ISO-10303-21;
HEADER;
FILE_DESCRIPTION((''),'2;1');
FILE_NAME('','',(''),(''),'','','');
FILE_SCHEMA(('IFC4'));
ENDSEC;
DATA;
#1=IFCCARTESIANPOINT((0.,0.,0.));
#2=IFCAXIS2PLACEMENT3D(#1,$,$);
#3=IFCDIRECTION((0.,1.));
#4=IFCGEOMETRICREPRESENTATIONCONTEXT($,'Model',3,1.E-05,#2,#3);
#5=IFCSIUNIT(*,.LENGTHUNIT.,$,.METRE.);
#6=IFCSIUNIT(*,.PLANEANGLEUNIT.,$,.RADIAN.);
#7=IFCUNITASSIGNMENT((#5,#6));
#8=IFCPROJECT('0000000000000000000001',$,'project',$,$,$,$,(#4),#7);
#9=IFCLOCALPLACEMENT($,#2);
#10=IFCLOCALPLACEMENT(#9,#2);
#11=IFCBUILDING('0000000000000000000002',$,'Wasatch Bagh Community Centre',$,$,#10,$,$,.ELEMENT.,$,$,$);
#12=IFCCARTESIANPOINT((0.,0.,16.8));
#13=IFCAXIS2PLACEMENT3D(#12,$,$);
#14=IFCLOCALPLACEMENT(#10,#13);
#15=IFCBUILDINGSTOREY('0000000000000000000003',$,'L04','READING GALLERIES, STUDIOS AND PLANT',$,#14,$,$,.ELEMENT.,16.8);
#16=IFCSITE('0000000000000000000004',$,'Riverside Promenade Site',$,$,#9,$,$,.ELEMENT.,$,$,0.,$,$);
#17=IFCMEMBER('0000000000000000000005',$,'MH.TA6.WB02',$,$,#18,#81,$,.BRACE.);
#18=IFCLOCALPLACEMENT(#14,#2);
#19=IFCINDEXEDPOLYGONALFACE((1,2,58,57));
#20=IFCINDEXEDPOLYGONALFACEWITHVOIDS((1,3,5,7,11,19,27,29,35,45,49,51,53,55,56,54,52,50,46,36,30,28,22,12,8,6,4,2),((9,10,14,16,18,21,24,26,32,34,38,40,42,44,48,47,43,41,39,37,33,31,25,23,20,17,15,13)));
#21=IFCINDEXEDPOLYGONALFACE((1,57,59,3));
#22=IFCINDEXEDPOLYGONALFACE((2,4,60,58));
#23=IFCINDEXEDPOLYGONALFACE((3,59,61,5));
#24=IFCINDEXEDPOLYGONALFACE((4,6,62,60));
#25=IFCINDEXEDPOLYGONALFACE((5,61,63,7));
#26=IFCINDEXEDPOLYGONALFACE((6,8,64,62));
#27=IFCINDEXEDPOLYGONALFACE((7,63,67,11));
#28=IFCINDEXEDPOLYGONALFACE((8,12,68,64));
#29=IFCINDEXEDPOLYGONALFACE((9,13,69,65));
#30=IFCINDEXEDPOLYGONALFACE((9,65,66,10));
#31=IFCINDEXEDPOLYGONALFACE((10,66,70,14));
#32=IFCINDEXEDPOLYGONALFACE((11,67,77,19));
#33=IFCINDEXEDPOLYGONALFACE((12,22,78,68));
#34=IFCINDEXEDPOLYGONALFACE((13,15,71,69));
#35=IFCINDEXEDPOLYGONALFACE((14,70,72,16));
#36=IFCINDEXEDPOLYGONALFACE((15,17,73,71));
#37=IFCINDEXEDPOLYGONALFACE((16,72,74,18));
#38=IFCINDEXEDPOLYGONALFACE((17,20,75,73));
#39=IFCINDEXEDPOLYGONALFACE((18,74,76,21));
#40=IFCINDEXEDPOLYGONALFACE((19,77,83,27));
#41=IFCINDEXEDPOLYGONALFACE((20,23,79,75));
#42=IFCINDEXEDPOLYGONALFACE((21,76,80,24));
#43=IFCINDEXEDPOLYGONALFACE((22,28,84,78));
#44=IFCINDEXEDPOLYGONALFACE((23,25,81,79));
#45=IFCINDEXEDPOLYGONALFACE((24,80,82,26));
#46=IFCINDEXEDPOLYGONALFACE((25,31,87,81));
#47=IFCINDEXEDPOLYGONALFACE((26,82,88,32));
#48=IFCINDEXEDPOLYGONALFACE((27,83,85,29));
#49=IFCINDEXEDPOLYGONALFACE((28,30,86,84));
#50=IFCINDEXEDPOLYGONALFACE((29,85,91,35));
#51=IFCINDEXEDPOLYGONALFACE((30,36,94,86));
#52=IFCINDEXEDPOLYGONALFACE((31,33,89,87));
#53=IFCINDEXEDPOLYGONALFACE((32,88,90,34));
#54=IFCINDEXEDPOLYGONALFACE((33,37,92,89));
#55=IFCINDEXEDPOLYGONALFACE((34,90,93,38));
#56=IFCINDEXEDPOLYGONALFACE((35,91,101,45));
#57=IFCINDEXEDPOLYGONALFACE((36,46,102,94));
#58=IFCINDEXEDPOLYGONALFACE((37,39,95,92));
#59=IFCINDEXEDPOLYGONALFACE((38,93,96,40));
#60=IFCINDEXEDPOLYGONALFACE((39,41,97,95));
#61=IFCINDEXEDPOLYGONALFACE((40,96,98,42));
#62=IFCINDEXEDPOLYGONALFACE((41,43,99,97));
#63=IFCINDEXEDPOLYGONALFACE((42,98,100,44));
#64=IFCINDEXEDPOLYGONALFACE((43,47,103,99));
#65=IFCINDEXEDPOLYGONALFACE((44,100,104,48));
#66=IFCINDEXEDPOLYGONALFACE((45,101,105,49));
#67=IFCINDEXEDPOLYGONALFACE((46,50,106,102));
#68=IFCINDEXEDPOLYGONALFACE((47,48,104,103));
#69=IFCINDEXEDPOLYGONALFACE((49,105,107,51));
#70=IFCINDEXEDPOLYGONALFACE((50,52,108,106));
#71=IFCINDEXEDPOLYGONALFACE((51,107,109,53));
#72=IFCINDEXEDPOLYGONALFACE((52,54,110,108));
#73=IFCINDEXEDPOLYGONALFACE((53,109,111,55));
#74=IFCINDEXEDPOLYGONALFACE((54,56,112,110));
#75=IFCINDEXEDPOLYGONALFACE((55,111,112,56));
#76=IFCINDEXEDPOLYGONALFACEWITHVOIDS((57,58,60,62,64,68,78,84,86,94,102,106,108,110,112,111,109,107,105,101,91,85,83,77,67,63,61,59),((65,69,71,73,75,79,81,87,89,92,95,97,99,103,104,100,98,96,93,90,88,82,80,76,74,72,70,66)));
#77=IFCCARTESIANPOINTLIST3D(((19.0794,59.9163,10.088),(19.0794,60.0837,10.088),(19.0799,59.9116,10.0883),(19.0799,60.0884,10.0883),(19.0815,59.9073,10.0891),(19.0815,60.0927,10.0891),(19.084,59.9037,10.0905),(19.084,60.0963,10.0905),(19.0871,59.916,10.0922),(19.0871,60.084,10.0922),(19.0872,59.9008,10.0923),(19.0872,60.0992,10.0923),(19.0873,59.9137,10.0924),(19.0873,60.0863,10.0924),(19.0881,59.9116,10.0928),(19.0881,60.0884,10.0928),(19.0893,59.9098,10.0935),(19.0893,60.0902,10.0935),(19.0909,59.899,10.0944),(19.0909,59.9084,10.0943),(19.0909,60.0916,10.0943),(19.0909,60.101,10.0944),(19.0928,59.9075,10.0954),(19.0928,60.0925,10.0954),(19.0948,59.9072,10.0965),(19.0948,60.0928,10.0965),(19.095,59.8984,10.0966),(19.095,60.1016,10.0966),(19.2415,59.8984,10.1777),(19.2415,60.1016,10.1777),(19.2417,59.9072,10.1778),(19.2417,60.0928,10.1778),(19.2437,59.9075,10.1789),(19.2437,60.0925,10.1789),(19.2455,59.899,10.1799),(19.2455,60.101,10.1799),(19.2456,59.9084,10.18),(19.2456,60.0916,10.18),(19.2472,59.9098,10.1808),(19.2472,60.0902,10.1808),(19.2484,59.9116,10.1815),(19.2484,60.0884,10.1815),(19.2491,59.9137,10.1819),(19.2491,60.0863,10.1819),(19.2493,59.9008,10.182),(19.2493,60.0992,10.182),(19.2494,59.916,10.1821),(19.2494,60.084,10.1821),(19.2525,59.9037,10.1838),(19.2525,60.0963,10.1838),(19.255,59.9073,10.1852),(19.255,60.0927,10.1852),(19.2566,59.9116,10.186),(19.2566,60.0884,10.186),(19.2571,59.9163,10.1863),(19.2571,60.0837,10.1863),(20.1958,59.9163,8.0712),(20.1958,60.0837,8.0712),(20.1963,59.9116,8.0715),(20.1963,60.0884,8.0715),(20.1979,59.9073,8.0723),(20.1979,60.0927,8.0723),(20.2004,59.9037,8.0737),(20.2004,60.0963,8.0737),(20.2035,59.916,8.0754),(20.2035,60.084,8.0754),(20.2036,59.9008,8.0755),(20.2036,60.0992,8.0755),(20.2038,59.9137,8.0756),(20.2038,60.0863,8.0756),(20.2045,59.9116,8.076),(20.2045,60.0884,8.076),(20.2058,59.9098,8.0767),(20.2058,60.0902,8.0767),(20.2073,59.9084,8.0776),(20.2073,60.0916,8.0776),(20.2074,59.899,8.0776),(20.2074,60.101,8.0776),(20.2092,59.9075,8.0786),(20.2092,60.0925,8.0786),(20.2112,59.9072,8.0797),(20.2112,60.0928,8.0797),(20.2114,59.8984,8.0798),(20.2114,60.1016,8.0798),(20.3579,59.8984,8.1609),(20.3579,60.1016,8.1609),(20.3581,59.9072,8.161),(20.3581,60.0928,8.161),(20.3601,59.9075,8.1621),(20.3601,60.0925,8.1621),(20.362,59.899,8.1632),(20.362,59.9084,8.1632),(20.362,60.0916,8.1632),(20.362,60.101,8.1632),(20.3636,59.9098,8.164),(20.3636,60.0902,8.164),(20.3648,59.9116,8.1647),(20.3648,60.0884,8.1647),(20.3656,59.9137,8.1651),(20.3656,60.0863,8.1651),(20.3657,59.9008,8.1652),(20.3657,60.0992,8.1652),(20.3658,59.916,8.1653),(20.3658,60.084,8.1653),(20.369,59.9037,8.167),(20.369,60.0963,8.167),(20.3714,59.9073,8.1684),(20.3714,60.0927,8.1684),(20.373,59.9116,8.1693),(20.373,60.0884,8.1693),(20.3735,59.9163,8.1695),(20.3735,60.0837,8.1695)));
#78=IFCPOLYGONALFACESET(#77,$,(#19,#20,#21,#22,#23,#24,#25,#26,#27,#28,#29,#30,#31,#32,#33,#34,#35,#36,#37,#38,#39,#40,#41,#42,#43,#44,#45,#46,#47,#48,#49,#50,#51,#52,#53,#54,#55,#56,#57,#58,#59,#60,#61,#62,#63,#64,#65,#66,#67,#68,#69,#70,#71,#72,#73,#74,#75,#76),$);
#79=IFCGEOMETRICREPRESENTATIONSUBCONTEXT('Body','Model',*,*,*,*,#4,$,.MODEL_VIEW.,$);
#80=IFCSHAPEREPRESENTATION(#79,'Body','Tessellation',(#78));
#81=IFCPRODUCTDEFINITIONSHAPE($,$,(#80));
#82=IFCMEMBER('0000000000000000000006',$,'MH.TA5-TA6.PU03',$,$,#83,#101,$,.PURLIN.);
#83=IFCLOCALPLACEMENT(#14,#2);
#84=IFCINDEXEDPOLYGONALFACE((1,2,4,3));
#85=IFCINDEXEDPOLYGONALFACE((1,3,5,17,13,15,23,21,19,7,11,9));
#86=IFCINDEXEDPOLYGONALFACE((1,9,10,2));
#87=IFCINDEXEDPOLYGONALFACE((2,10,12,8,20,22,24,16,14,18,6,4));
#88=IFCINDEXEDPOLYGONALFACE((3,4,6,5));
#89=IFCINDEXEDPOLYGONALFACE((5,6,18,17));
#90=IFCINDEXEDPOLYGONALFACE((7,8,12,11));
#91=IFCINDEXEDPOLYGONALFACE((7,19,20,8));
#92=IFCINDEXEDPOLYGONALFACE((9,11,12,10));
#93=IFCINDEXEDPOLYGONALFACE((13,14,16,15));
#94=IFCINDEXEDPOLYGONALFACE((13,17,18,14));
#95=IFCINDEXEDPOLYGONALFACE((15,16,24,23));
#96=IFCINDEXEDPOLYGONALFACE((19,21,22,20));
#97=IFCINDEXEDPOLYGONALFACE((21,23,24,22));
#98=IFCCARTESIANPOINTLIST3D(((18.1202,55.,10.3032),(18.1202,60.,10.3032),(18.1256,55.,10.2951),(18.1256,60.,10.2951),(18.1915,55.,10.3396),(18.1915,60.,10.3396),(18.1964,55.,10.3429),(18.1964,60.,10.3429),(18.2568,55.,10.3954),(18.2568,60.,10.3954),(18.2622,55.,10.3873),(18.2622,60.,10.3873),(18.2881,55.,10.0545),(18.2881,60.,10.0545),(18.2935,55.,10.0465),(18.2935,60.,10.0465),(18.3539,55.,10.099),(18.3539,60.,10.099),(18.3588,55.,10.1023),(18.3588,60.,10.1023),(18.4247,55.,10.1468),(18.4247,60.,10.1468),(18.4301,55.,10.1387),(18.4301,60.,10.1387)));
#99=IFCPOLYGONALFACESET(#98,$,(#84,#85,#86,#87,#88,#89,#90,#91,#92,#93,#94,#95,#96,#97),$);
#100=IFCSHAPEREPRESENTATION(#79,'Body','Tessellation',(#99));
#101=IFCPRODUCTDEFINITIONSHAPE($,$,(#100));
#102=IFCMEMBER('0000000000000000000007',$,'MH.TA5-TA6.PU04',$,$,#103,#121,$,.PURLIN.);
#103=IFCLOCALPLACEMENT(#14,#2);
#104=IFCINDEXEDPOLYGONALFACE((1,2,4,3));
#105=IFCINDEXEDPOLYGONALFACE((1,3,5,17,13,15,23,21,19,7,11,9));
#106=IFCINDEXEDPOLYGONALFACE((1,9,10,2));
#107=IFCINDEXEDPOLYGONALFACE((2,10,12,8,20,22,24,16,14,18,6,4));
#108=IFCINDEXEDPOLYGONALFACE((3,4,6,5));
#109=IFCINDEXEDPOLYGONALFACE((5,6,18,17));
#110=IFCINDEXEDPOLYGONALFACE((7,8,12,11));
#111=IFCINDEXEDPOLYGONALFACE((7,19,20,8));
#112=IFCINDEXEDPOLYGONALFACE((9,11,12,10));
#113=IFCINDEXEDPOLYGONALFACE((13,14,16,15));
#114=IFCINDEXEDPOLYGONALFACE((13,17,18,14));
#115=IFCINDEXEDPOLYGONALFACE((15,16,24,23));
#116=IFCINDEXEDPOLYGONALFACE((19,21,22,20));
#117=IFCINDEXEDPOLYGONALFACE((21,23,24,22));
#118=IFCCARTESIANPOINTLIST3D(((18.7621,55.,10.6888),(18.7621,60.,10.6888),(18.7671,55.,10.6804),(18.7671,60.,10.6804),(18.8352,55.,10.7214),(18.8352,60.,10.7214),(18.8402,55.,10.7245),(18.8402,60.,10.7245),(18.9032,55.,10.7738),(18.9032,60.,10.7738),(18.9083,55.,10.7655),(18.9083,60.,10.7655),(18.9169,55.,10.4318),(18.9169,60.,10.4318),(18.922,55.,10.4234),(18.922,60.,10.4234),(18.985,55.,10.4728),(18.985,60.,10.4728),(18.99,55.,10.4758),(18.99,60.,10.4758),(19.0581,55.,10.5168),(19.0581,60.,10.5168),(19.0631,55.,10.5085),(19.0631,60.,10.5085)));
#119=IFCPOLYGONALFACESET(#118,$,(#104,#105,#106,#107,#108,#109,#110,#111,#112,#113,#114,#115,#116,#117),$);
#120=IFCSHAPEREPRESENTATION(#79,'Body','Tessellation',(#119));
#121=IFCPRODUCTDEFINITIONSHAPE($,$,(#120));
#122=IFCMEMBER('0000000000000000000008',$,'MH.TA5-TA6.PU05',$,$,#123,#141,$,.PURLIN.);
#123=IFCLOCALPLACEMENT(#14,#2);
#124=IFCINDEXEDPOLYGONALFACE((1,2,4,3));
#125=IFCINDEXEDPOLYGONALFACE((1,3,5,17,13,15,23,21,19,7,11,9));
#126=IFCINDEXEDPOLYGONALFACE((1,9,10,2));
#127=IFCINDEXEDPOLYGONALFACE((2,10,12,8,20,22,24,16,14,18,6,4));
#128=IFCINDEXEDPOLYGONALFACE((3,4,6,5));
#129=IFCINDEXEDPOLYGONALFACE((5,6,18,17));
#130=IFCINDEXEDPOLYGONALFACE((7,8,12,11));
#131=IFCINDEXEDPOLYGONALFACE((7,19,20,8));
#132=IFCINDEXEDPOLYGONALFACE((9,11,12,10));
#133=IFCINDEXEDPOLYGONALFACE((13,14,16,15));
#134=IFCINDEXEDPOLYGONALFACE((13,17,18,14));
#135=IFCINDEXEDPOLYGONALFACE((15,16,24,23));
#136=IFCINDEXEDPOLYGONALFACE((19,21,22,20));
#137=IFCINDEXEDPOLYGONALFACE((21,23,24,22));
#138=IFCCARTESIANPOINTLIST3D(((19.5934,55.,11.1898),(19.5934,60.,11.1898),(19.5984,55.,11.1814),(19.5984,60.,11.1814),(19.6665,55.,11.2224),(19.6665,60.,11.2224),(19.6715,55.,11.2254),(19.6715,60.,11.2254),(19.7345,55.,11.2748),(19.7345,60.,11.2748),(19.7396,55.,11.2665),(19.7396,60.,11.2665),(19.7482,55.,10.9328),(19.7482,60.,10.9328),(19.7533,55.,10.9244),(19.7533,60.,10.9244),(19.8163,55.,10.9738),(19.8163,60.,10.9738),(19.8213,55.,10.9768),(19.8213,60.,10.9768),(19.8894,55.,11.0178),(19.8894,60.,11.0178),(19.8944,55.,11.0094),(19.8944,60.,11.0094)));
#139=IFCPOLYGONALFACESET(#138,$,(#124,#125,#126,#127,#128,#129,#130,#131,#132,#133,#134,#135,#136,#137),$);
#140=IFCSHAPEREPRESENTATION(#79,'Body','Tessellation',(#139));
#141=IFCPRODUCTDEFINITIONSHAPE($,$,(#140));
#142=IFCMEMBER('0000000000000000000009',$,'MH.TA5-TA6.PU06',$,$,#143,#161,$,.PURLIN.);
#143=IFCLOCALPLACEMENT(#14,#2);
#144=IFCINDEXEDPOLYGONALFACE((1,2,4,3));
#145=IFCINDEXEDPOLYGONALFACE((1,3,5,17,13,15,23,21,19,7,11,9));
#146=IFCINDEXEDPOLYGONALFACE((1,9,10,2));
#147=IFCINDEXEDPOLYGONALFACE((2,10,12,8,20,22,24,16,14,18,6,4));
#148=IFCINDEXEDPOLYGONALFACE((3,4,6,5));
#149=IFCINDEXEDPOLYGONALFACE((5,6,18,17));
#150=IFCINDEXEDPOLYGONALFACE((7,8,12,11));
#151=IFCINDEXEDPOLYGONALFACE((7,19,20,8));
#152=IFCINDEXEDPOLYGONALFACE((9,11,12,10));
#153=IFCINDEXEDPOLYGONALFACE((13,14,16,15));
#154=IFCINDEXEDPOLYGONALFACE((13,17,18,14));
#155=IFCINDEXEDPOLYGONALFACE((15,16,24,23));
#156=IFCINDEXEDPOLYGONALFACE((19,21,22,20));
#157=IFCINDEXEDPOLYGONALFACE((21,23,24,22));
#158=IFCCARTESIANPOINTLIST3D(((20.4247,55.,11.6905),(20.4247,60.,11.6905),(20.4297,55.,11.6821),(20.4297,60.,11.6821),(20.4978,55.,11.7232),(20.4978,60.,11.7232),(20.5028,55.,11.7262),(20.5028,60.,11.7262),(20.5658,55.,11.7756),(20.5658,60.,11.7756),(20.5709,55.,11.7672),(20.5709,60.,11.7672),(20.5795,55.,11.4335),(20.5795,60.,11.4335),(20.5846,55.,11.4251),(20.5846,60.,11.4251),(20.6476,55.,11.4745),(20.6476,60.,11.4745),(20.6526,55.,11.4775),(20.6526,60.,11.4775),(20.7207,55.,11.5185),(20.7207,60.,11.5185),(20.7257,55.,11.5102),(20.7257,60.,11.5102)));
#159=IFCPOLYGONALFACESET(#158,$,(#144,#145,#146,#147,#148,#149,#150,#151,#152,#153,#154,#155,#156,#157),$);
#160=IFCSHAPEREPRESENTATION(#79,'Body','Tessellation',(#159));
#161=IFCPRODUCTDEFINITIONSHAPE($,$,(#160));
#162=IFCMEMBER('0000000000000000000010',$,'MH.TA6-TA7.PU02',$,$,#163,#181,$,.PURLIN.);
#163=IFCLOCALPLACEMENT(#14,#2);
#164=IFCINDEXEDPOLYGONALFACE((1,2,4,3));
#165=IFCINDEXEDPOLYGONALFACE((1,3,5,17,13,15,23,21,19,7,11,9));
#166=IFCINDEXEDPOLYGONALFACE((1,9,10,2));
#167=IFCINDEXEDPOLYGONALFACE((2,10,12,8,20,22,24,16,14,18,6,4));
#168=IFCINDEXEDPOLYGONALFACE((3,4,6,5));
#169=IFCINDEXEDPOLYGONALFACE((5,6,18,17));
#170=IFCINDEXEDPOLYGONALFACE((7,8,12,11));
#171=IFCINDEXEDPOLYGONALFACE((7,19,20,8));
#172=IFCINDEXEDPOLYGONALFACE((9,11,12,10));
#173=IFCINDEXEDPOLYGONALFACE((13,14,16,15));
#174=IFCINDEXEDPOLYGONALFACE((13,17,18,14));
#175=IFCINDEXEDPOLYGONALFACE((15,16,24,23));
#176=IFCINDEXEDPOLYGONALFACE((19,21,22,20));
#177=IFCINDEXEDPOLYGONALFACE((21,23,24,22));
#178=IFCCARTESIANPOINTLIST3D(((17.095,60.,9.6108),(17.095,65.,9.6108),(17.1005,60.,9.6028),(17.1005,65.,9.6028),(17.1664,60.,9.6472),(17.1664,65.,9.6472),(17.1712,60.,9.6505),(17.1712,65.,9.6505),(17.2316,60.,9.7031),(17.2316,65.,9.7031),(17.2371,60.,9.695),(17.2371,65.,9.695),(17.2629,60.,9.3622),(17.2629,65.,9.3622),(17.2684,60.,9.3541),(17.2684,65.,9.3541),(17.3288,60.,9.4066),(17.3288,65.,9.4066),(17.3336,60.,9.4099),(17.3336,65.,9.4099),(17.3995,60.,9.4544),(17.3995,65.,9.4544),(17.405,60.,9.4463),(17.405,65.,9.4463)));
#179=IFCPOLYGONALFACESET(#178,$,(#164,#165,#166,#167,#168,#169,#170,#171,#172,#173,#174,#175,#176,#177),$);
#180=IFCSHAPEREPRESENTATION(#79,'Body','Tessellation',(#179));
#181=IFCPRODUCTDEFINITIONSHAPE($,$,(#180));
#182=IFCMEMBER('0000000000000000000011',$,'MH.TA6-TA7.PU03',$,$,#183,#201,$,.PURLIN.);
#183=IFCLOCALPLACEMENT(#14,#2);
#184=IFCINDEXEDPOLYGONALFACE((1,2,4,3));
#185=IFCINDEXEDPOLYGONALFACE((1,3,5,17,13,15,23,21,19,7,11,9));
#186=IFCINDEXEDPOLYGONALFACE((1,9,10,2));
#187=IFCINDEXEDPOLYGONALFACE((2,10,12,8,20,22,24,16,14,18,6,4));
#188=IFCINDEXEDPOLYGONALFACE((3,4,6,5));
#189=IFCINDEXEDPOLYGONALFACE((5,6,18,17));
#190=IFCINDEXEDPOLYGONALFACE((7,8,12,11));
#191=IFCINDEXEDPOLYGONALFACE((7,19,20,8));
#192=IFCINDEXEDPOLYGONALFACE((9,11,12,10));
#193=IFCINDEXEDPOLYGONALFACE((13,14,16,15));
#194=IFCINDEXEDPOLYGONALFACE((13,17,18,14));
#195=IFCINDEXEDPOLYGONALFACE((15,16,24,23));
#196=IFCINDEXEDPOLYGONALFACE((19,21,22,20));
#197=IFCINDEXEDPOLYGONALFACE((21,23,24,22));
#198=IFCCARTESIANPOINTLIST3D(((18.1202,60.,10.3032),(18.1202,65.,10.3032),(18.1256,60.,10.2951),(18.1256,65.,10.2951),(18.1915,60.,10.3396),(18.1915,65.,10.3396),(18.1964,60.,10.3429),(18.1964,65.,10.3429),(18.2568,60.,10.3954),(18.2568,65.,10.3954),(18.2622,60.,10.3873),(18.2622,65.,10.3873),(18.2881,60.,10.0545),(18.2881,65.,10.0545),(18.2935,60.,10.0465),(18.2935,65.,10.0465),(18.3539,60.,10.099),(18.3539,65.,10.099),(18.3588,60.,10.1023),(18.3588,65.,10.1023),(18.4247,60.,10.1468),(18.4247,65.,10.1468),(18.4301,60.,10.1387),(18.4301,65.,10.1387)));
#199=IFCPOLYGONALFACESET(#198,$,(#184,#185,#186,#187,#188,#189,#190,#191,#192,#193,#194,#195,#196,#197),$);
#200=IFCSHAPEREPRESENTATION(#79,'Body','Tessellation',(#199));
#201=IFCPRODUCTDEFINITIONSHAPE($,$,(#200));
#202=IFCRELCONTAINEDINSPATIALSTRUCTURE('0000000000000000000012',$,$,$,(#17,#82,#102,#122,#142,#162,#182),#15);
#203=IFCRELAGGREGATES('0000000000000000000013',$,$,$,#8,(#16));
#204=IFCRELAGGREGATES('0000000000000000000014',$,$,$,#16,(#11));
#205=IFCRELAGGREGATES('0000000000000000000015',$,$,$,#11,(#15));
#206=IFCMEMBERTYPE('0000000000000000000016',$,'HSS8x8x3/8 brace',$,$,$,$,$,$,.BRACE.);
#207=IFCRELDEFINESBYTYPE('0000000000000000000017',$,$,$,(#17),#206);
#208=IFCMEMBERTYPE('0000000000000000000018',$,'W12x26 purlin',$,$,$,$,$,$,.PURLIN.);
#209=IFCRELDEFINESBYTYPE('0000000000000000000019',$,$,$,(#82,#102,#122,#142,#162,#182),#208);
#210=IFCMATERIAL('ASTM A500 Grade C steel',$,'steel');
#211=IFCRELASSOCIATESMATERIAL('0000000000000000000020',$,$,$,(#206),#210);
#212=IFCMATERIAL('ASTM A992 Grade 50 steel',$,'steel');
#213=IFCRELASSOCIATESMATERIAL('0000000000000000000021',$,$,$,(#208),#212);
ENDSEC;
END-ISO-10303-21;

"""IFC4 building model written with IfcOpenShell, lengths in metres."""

from ifc_helpers import new_model, si_unit, direction, frame, origin, origin_2d, place, context, subcontext, project, spatial, hollow_rectangle, i_section, extrude, material, material_profile, profile_set, type_object, element, save


model = new_model("IFC4")

# Units and contexts
model_context = context("Model", 3, precision=1e-05, world=origin(), true_north=direction((0.0, 1.0)))
body_context = subcontext(model_context, "Body", "Model", "MODEL_VIEW")
ifc_project = project(units=[si_unit("LENGTHUNIT", "METRE"), si_unit("PLANEANGLEUNIT", "RADIAN")], contexts=[model_context])

# Site, building, storey
site_placement = place(None, origin())
site = spatial("IfcSite", under=ifc_project, at=site_placement, Name="Riverside Promenade Site", CompositionType="ELEMENT", RefElevation=0.0)
building_placement = place(site_placement, origin())
building = spatial("IfcBuilding", under=site, at=building_placement, Name="Wasatch Bagh Community Centre", CompositionType="ELEMENT")
storey_placement = place(building_placement, frame((0.0, 0.0, 16.8)))
storey = spatial("IfcBuildingStorey", under=building, at=storey_placement, Name="L04", Description="READING GALLERIES, STUDIOS AND PLANT", CompositionType="ELEMENT", Elevation=16.8)

# Members
ifc_material_1 = material(Name="ASTM A500 Grade C steel", Category="steel")
ifc_material_profile_1 = material_profile(ifc_material_1, hollow_rectangle(XDim=0.2031, YDim=0.2031, WallThickness=0.0088, InnerFilletRadius=0.0088, OuterFilletRadius=0.0178, at=origin_2d()), Name="HSS8x8x3/8")
ifc_profile_set_1 = profile_set([ifc_material_profile_1], Name="ASTM A500 Grade C steel")
member_type_1 = type_object("IfcMemberType", Name="HSS8x8x3/8 brace", PredefinedType="BRACE", material=ifc_profile_set_1)
member_1_placement = place(storey_placement, frame((20.2847, 60.0, 8.1204), z_axis=(-0.484312, 0.0, 0.874896), x_axis=(0.0, -1.0, 0.0)))
element("IfcMember", 1, at=member_1_placement, inside=storey, type_object=member_type_1, Name="MH.TA6.WB02", PredefinedType="BRACE", context=body_context, shape_type="SweptSolid", body=[
    extrude(hollow_rectangle(XDim=0.2031, YDim=0.2031, WallThickness=0.0088, InnerFilletRadius=0.0088, OuterFilletRadius=0.0178, at=origin_2d()), origin(), (0.0, 0.0, 1.0), 2.3052),
])
ifc_material_2 = material(Name="ASTM A992 Grade 50 steel", Category="steel")
ifc_material_profile_2 = material_profile(ifc_material_2, i_section(OverallWidth=0.1648, OverallDepth=0.3098, WebThickness=0.0059, FlangeThickness=0.0098, at=origin_2d()), Name="W12x26")
ifc_profile_set_2 = profile_set([ifc_material_profile_2], Name="ASTM A992 Grade 50 steel")
member_type_2 = type_object("IfcMemberType", Name="W12x26 purlin", PredefinedType="PURLIN", material=ifc_profile_set_2)
for number, where, z_axis, x_axis, name in (
    (2, (18.2751, 55.0, 10.2209), (0.0, 1.0, 0.0), (-0.828791, 0.0, -0.559559), "MH.TA5-TA6.PU03"),
    (3, (18.9126, 55.0, 10.5986), (0.0, 1.0, 0.0), (-0.856568, 0.0, -0.516034), "MH.TA5-TA6.PU04"),
    (4, (19.7439, 55.0, 11.0996), (0.0, 1.0, 0.0), (-0.856568, 0.0, -0.516034), "MH.TA5-TA6.PU05"),
    (5, (20.5752, 55.0, 11.6003), (0.0, 1.0, 0.0), (-0.856568, 0.0, -0.516034), "MH.TA5-TA6.PU06"),
    (6, (17.25, 60.0, 9.5286), (0.0, 1.0, 0.0), (-0.828791, 0.0, -0.559559), "MH.TA6-TA7.PU02"),
    (7, (18.2751, 60.0, 10.2209), (0.0, 1.0, 0.0), (-0.828791, 0.0, -0.559559), "MH.TA6-TA7.PU03"),
):
    element("IfcMember", number, at=place(storey_placement, frame(where, z_axis=z_axis, x_axis=x_axis)), inside=storey, type_object=member_type_2, Name=name, PredefinedType="PURLIN", context=body_context, shape_type="SweptSolid", body=[
        extrude(i_section(OverallWidth=0.1648, OverallDepth=0.3098, WebThickness=0.0059, FlangeThickness=0.0098, at=origin_2d()), origin(), (0.0, 0.0, 1.0), 5.0),
    ])

save(model, "model.ifc")
